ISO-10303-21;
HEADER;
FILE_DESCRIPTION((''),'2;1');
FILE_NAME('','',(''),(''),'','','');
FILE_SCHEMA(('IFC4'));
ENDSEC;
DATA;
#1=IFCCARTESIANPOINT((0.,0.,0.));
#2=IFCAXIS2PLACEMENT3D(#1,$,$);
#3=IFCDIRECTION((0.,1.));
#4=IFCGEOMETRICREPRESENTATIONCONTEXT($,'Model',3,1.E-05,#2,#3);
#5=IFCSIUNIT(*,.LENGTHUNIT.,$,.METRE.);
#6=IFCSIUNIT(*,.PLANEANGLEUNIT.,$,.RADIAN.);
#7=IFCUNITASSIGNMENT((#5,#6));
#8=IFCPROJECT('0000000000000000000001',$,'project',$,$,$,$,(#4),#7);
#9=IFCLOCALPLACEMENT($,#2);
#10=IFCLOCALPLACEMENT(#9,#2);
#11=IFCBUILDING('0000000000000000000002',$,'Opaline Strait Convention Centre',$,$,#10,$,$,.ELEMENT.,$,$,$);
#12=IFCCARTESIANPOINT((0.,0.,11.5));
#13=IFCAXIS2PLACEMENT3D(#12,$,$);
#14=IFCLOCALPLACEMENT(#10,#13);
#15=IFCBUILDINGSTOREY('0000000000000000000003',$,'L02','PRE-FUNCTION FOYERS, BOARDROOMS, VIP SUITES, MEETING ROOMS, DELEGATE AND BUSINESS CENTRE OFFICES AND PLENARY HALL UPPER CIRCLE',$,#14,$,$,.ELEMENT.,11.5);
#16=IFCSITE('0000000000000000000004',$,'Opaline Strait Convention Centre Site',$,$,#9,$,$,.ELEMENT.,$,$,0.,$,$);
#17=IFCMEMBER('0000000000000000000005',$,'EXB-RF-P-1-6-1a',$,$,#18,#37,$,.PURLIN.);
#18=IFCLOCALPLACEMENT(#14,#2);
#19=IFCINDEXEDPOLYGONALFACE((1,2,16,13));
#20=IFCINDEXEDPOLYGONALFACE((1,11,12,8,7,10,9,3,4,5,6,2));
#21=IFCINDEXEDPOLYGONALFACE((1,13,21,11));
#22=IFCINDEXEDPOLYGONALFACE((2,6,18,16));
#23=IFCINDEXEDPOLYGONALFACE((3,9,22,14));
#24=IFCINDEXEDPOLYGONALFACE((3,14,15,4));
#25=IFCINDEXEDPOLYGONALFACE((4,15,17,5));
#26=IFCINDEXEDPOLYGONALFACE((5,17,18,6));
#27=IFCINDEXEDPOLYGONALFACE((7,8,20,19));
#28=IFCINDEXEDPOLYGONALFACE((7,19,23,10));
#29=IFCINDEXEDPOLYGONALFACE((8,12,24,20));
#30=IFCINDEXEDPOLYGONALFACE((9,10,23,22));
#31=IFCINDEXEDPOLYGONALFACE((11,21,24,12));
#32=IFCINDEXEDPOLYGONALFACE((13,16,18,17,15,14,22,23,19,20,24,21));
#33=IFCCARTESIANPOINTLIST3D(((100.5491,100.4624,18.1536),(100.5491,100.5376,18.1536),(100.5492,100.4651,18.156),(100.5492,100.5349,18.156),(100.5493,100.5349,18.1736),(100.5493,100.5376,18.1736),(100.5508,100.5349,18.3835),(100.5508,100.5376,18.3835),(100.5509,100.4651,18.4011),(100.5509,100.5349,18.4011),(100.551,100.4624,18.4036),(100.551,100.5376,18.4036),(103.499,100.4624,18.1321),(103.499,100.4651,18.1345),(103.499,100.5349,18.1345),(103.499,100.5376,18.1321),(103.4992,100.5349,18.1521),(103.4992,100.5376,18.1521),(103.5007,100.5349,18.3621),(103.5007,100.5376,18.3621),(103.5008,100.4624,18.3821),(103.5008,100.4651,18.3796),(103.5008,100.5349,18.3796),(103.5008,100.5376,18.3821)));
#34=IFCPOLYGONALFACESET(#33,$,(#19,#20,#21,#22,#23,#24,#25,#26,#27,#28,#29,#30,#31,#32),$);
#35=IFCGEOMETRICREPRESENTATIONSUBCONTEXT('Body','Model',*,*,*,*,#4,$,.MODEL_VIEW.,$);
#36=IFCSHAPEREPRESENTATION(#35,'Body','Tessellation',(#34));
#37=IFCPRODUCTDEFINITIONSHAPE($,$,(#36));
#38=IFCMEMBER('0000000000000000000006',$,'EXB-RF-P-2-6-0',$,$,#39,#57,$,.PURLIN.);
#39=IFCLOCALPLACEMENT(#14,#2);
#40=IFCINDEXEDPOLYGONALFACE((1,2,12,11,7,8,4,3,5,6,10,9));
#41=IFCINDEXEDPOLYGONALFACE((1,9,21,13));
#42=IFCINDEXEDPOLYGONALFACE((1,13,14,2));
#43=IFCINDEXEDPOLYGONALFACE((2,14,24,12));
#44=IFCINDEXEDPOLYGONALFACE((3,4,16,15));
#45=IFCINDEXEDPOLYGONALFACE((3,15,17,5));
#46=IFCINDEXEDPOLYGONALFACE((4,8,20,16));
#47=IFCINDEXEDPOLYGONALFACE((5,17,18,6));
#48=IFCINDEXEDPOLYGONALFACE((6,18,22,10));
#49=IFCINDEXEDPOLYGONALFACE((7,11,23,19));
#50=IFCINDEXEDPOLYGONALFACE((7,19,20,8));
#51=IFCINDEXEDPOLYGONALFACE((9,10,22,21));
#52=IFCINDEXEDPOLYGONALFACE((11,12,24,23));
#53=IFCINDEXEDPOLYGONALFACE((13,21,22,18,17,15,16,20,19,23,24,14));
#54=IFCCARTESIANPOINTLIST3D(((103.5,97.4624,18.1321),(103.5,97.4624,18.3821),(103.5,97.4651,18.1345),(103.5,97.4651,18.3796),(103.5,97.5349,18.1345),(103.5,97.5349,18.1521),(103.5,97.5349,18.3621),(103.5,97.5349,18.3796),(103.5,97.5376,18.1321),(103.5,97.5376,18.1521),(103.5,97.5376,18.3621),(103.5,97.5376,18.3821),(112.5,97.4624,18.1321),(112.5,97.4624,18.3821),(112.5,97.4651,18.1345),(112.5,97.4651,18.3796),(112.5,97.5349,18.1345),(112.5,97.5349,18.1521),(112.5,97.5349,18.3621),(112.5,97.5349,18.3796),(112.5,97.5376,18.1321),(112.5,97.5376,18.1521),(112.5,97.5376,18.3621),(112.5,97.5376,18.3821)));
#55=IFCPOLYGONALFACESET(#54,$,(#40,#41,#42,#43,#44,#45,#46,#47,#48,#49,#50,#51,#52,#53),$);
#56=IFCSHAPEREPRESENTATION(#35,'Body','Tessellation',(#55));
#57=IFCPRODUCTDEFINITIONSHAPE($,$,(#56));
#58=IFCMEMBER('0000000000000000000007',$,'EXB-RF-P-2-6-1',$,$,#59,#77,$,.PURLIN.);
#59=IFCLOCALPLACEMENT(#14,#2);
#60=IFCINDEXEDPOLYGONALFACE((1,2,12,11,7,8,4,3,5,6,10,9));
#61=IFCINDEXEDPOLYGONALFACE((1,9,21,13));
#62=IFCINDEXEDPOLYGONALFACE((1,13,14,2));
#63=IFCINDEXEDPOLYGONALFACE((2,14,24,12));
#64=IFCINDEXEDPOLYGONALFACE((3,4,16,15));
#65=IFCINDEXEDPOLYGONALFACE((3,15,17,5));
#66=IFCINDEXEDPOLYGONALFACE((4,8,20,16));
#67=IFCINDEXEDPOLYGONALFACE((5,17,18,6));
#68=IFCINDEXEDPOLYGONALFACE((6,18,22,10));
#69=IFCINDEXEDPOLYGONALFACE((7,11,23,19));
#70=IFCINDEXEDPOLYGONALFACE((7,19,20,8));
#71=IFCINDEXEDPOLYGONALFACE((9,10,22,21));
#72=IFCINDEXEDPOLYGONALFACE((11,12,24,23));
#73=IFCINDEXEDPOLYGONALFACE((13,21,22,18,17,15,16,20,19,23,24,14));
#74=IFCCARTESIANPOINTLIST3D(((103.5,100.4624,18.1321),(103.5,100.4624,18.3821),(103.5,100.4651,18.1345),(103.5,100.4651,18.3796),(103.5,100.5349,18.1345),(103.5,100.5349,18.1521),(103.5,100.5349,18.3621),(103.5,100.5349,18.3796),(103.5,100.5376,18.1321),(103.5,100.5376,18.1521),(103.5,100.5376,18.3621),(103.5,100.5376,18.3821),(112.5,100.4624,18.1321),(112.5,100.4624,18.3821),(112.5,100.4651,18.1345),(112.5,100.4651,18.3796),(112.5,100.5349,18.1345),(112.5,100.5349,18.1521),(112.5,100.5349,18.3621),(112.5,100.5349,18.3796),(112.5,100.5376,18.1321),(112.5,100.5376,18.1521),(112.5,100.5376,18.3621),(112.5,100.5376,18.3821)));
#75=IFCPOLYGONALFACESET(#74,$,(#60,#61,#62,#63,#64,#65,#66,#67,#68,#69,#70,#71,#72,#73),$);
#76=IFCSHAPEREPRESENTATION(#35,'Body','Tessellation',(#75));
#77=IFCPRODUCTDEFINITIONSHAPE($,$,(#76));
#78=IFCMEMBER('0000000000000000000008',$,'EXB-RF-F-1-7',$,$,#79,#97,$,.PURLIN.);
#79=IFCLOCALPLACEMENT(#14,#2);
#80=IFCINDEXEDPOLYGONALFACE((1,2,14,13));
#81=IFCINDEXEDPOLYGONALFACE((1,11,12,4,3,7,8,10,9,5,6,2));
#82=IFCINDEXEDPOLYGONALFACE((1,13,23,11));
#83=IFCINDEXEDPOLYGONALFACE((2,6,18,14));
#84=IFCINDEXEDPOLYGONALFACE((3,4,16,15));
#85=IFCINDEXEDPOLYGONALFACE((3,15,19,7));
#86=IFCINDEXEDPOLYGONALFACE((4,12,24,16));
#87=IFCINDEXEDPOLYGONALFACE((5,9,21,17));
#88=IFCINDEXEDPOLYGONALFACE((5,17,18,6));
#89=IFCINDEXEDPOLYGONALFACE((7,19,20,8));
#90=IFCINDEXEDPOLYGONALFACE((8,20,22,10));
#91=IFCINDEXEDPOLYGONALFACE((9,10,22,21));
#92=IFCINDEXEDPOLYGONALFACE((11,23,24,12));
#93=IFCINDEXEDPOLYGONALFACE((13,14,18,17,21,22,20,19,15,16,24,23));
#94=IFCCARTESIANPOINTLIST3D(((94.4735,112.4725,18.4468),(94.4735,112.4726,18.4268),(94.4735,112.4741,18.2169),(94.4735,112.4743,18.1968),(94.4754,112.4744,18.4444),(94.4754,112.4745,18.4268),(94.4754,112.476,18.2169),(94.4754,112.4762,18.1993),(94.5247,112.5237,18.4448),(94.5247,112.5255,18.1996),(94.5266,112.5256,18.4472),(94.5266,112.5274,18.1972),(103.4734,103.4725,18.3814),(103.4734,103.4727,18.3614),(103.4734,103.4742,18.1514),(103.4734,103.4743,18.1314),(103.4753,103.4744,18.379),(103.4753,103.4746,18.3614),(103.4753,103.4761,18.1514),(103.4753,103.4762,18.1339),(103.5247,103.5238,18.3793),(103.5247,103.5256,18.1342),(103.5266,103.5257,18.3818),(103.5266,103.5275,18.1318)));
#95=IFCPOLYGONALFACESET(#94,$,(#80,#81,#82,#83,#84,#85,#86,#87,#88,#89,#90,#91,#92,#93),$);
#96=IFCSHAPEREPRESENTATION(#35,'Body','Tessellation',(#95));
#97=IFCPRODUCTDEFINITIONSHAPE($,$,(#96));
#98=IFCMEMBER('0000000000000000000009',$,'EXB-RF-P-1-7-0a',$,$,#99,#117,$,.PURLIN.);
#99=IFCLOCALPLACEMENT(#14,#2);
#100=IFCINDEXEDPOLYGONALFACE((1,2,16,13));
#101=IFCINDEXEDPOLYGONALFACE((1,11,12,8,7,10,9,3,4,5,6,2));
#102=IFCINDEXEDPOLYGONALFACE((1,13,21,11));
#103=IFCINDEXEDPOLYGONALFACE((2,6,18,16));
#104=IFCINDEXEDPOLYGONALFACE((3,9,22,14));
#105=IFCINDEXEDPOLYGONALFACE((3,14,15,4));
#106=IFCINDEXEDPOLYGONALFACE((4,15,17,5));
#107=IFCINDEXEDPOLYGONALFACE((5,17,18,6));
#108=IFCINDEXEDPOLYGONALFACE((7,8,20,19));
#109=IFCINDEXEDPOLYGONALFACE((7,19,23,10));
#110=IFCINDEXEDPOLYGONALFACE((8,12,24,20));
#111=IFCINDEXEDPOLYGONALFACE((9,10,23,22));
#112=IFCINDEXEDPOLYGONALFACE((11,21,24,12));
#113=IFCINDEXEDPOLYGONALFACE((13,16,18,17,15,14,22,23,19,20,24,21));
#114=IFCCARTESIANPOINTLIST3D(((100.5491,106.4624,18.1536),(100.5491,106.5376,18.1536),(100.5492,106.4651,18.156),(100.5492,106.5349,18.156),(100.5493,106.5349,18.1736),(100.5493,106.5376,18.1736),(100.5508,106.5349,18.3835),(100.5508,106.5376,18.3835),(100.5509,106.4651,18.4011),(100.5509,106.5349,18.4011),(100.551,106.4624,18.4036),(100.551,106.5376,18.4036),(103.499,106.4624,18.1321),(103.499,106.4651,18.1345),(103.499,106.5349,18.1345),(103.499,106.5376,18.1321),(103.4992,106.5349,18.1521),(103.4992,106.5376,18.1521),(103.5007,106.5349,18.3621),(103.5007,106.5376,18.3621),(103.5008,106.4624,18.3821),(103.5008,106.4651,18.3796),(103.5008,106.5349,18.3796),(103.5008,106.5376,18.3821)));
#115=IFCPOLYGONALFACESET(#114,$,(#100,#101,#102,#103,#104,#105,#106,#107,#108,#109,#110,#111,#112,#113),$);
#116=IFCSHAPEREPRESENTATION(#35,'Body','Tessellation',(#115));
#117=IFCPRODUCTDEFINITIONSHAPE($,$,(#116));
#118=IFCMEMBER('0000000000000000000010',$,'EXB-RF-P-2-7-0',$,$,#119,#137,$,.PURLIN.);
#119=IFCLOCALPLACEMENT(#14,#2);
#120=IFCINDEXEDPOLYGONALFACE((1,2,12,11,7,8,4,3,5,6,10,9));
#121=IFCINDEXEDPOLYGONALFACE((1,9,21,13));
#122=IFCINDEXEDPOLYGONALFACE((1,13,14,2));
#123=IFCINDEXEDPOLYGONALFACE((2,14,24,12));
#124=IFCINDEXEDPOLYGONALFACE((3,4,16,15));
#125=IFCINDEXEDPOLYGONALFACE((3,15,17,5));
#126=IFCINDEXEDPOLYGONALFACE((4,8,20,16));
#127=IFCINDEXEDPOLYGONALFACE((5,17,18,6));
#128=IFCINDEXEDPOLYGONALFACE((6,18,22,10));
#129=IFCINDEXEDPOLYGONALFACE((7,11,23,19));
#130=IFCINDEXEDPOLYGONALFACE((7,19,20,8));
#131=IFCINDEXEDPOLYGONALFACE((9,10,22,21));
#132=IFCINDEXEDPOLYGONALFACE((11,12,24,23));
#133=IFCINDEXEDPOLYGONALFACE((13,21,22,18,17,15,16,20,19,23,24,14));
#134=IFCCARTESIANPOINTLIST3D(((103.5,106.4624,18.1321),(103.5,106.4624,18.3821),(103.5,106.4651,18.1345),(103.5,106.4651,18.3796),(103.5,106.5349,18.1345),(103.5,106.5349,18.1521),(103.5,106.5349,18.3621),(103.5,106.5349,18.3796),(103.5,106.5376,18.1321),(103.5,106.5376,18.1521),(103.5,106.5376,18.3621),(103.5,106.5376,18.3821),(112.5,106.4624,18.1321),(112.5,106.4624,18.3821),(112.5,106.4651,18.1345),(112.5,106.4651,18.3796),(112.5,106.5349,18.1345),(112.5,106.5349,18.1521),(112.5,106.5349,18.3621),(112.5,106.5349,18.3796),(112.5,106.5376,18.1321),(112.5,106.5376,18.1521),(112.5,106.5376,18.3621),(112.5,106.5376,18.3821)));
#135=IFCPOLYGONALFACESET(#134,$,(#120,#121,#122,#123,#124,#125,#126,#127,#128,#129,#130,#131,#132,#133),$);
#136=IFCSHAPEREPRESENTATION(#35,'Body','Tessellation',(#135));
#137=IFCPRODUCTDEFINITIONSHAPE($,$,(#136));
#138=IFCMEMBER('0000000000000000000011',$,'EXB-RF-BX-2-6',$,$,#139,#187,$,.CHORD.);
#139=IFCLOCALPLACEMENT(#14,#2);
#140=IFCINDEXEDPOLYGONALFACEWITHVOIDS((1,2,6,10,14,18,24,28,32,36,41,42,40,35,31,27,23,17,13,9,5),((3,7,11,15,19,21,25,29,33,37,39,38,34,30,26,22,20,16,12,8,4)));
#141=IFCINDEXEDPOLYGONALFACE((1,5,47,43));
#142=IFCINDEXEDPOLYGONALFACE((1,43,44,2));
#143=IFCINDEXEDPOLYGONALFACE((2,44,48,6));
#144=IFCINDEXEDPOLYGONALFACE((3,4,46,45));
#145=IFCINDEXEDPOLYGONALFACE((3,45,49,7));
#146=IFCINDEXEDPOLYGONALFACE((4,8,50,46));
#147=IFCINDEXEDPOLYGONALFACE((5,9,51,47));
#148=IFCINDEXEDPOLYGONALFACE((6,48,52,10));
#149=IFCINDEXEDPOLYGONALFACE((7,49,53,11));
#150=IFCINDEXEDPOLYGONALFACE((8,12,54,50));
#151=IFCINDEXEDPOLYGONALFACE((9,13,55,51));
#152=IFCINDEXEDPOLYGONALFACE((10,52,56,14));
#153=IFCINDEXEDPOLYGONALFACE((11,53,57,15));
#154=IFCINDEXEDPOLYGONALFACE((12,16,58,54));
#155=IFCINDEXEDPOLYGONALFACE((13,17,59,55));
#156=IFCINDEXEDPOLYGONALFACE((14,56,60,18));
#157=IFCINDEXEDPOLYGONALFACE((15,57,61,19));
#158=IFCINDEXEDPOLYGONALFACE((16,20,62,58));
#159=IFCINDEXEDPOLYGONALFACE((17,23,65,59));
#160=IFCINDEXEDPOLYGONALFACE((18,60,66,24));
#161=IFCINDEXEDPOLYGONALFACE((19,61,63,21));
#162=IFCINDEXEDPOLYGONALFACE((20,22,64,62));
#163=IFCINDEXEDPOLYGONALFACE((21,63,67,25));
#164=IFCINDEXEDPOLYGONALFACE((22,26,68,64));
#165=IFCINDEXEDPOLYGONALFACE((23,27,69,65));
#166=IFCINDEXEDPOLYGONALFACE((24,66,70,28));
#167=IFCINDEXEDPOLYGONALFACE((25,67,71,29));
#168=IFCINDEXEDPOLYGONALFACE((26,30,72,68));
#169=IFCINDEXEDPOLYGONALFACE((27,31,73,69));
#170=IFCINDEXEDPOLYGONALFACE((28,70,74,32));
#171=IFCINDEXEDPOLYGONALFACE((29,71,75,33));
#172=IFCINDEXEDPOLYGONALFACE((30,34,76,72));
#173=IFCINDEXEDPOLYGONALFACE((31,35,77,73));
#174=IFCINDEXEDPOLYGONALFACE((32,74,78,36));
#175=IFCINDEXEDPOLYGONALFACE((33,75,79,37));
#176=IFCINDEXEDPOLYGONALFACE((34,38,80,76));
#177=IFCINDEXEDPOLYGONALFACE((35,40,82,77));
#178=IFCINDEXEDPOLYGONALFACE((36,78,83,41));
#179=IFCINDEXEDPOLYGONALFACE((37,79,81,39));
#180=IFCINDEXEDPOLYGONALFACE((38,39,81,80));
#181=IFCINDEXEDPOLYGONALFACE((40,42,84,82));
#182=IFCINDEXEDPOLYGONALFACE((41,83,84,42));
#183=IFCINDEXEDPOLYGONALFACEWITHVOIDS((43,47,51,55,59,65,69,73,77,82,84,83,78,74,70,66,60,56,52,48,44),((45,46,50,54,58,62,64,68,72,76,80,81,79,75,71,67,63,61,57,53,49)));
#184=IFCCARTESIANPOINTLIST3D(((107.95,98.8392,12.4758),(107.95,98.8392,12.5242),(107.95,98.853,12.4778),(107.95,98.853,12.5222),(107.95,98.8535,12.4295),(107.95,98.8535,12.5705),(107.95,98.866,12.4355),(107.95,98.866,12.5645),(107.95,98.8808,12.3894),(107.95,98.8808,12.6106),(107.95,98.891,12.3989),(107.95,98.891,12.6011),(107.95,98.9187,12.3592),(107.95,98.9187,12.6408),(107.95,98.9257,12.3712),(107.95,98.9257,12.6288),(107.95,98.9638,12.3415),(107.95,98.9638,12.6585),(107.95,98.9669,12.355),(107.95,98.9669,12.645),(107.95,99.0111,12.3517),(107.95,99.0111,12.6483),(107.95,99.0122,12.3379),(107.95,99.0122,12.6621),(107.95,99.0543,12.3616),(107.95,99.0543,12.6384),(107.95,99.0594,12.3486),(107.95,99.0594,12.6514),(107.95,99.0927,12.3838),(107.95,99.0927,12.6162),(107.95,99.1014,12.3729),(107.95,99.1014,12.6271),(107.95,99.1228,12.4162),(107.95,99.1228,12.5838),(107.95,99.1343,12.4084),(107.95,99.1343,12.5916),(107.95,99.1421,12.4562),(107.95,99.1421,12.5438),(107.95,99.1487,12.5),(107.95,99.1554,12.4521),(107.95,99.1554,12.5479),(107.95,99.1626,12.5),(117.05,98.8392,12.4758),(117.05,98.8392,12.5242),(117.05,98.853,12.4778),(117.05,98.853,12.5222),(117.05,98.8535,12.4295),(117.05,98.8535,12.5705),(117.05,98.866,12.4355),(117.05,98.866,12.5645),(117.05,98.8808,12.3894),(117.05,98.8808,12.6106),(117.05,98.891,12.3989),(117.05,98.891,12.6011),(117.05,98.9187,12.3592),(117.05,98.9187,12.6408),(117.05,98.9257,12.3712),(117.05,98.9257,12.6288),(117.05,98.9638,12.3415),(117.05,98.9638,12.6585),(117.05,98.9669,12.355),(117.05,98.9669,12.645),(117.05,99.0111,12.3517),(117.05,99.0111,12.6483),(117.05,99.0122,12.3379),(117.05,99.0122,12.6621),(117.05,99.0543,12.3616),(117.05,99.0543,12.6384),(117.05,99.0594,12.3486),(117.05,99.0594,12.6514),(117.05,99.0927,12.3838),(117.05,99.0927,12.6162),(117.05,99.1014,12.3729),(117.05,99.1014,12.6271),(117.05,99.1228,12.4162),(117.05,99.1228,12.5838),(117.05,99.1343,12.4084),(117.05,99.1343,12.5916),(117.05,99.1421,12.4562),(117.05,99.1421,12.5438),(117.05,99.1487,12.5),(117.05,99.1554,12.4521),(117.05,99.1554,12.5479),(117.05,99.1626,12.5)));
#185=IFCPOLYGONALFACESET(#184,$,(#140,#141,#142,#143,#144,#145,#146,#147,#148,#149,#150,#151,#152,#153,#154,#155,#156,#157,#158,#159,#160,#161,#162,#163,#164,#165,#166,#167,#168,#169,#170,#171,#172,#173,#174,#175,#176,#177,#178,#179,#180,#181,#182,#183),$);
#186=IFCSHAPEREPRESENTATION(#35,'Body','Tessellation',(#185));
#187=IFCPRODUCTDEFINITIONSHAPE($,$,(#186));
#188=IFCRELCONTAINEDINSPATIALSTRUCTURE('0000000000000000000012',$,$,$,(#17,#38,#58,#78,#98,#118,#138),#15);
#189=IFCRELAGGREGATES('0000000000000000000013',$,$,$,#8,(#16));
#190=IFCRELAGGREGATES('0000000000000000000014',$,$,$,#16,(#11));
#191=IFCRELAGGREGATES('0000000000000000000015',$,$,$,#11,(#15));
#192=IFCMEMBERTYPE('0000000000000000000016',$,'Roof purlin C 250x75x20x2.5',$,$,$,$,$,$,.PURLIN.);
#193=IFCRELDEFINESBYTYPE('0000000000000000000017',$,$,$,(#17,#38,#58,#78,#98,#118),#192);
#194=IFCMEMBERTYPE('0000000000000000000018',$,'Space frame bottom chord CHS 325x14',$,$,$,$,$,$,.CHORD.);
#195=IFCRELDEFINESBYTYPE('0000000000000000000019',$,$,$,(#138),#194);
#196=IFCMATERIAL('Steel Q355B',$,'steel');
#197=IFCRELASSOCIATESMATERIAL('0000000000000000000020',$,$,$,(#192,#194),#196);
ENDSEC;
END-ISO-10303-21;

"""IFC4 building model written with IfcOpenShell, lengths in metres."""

from ifc_helpers import new_model, si_unit, direction, frame, origin, origin_2d, place, context, subcontext, project, spatial, polyline, hollow_circle, outline, extrude, material, material_profile, profile_set, type_object, element, save


model = new_model("IFC4")

# Units and contexts
model_context = context("Model", 3, precision=1e-05, world=origin(), true_north=direction((0.0, 1.0)))
body_context = subcontext(model_context, "Body", "Model", "MODEL_VIEW")
ifc_project = project(units=[si_unit("LENGTHUNIT", "METRE"), si_unit("PLANEANGLEUNIT", "RADIAN")], contexts=[model_context])

# Site, building, storey
site_placement = place(None, origin())
site = spatial("IfcSite", under=ifc_project, at=site_placement, Name="Opaline Strait Convention Centre Site", CompositionType="ELEMENT", RefElevation=0.0)
building_placement = place(site_placement, origin())
building = spatial("IfcBuilding", under=site, at=building_placement, Name="Opaline Strait Convention Centre", CompositionType="ELEMENT")
storey_placement = place(building_placement, frame((0.0, 0.0, 11.5)))
storey = spatial("IfcBuildingStorey", under=building, at=storey_placement, Name="L02", Description="PRE-FUNCTION FOYERS, BOARDROOMS, VIP SUITES, MEETING ROOMS, DELEGATE AND BUSINESS CENTRE OFFICES AND PLENARY HALL UPPER CIRCLE", CompositionType="ELEMENT", Elevation=11.5)

# Members
ifc_material = material(Name="Steel Q355B", Category="steel")
ifc_material_profile_1 = material_profile(ifc_material, outline(polyline([(-0.0376, -0.125), (0.0376, -0.125), (0.0376, -0.105), (0.0349, -0.105), (0.0349, -0.1226), (-0.0349, -0.1226), (-0.0349, 0.1226), (0.0349, 0.1226), (0.0349, 0.105), (0.0376, 0.105), (0.0376, 0.125), (-0.0376, 0.125), (-0.0376, -0.125)])), Name="C 250x75x20x2.5")
ifc_profile_set_1 = profile_set([ifc_material_profile_1], Name="Steel Q355B")
member_type_1 = type_object("IfcMemberType", Name="Roof purlin C 250x75x20x2.5", PredefinedType="PURLIN", material=ifc_profile_set_1)
member_1_placement = place(storey_placement, frame((100.55, 100.5, 18.2786), z_axis=(0.999973, 0.0, -0.007283), x_axis=(0.0, 1.0, 0.0)))
element("IfcMember", 1, at=member_1_placement, inside=storey, type_object=member_type_1, Name="EXB-RF-P-1-6-1a", PredefinedType="PURLIN", context=body_context, shape_type="SweptSolid", body=[
    extrude(outline(polyline([(-0.0376, -0.125), (0.0376, -0.125), (0.0376, -0.105), (0.0349, -0.105), (0.0349, -0.1226), (-0.0349, -0.1226), (-0.0349, 0.1226), (0.0349, 0.1226), (0.0349, 0.105), (0.0376, 0.105), (0.0376, 0.125), (-0.0376, 0.125), (-0.0376, -0.125)])), origin(), (0.0, 0.0, 1.0), 2.95),
])
for number, where, z_axis, x_axis, name in (
    (2, (103.5, 97.5, 18.2571), (1.0, 0.0, 0.0), (0.0, 1.0, 0.0), "EXB-RF-P-2-6-0"),
    (3, (103.5, 100.5, 18.2571), (1.0, 0.0, 0.0), (0.0, 1.0, 0.0), "EXB-RF-P-2-6-1"),
):
    element("IfcMember", number, at=place(storey_placement, frame(where, z_axis=z_axis, x_axis=x_axis)), inside=storey, type_object=member_type_1, Name=name, PredefinedType="PURLIN", context=body_context, shape_type="SweptSolid", body=[
        extrude(outline(polyline([(-0.0376, -0.125), (0.0376, -0.125), (0.0376, -0.105), (0.0349, -0.105), (0.0349, -0.1226), (-0.0349, -0.1226), (-0.0349, 0.1226), (0.0349, 0.1226), (0.0349, 0.105), (0.0376, 0.105), (0.0376, 0.125), (-0.0376, 0.125), (-0.0376, -0.125)])), origin(), (0.0, 0.0, 1.0), 9.0),
    ])
member_2_placement = place(storey_placement, frame((103.5, 103.5, 18.2566), z_axis=(-0.707097, 0.707097, 0.005141), x_axis=(-0.707116, -0.707079, -0.005143)))
element("IfcMember", 4, at=member_2_placement, inside=storey, type_object=member_type_1, Name="EXB-RF-F-1-7", PredefinedType="PURLIN", context=body_context, shape_type="SweptSolid", body=[
    extrude(outline(polyline([(-0.0376, -0.125), (0.0376, -0.125), (0.0376, -0.105), (0.0349, -0.105), (0.0349, -0.1226), (-0.0349, -0.1226), (-0.0349, 0.1226), (0.0349, 0.1226), (0.0349, 0.105), (0.0376, 0.105), (0.0376, 0.125), (-0.0376, 0.125), (-0.0376, -0.125)])), origin(), (0.0, 0.0, 1.0), 12.728),
])
member_3_placement = place(storey_placement, frame((100.55, 106.5, 18.2786), z_axis=(0.999973, 0.0, -0.007283), x_axis=(0.0, 1.0, 0.0)))
element("IfcMember", 5, at=member_3_placement, inside=storey, type_object=member_type_1, Name="EXB-RF-P-1-7-0a", PredefinedType="PURLIN", context=body_context, shape_type="SweptSolid", body=[
    extrude(outline(polyline([(-0.0376, -0.125), (0.0376, -0.125), (0.0376, -0.105), (0.0349, -0.105), (0.0349, -0.1226), (-0.0349, -0.1226), (-0.0349, 0.1226), (0.0349, 0.1226), (0.0349, 0.105), (0.0376, 0.105), (0.0376, 0.125), (-0.0376, 0.125), (-0.0376, -0.125)])), origin(), (0.0, 0.0, 1.0), 2.95),
])
member_4_placement = place(storey_placement, frame((103.5, 106.5, 18.2571), z_axis=(1.0, 0.0, 0.0), x_axis=(0.0, 1.0, 0.0)))
element("IfcMember", 6, at=member_4_placement, inside=storey, type_object=member_type_1, Name="EXB-RF-P-2-7-0", PredefinedType="PURLIN", context=body_context, shape_type="SweptSolid", body=[
    extrude(outline(polyline([(-0.0376, -0.125), (0.0376, -0.125), (0.0376, -0.105), (0.0349, -0.105), (0.0349, -0.1226), (-0.0349, -0.1226), (-0.0349, 0.1226), (0.0349, 0.1226), (0.0349, 0.105), (0.0376, 0.105), (0.0376, 0.125), (-0.0376, 0.125), (-0.0376, -0.125)])), origin(), (0.0, 0.0, 1.0), 9.0),
])
ifc_material_profile_2 = material_profile(ifc_material, hollow_circle(Radius=0.1626, WallThickness=0.0139, at=origin_2d()), Name="CHS 325x14")
ifc_profile_set_2 = profile_set([ifc_material_profile_2], Name="Steel Q355B")
member_type_2 = type_object("IfcMemberType", Name="Space frame bottom chord CHS 325x14", PredefinedType="CHORD", material=ifc_profile_set_2)
member_5_placement = place(storey_placement, frame((107.95, 99.0, 12.5), z_axis=(1.0, 0.0, 0.0), x_axis=(0.0, 1.0, 0.0)))
element("IfcMember", 7, at=member_5_placement, inside=storey, type_object=member_type_2, Name="EXB-RF-BX-2-6", PredefinedType="CHORD", context=body_context, shape_type="SweptSolid", body=[
    extrude(hollow_circle(Radius=0.1626, WallThickness=0.0139, at=origin_2d()), origin(), (0.0, 0.0, 1.0), 9.1001),
])

save(model, "model.ifc")
